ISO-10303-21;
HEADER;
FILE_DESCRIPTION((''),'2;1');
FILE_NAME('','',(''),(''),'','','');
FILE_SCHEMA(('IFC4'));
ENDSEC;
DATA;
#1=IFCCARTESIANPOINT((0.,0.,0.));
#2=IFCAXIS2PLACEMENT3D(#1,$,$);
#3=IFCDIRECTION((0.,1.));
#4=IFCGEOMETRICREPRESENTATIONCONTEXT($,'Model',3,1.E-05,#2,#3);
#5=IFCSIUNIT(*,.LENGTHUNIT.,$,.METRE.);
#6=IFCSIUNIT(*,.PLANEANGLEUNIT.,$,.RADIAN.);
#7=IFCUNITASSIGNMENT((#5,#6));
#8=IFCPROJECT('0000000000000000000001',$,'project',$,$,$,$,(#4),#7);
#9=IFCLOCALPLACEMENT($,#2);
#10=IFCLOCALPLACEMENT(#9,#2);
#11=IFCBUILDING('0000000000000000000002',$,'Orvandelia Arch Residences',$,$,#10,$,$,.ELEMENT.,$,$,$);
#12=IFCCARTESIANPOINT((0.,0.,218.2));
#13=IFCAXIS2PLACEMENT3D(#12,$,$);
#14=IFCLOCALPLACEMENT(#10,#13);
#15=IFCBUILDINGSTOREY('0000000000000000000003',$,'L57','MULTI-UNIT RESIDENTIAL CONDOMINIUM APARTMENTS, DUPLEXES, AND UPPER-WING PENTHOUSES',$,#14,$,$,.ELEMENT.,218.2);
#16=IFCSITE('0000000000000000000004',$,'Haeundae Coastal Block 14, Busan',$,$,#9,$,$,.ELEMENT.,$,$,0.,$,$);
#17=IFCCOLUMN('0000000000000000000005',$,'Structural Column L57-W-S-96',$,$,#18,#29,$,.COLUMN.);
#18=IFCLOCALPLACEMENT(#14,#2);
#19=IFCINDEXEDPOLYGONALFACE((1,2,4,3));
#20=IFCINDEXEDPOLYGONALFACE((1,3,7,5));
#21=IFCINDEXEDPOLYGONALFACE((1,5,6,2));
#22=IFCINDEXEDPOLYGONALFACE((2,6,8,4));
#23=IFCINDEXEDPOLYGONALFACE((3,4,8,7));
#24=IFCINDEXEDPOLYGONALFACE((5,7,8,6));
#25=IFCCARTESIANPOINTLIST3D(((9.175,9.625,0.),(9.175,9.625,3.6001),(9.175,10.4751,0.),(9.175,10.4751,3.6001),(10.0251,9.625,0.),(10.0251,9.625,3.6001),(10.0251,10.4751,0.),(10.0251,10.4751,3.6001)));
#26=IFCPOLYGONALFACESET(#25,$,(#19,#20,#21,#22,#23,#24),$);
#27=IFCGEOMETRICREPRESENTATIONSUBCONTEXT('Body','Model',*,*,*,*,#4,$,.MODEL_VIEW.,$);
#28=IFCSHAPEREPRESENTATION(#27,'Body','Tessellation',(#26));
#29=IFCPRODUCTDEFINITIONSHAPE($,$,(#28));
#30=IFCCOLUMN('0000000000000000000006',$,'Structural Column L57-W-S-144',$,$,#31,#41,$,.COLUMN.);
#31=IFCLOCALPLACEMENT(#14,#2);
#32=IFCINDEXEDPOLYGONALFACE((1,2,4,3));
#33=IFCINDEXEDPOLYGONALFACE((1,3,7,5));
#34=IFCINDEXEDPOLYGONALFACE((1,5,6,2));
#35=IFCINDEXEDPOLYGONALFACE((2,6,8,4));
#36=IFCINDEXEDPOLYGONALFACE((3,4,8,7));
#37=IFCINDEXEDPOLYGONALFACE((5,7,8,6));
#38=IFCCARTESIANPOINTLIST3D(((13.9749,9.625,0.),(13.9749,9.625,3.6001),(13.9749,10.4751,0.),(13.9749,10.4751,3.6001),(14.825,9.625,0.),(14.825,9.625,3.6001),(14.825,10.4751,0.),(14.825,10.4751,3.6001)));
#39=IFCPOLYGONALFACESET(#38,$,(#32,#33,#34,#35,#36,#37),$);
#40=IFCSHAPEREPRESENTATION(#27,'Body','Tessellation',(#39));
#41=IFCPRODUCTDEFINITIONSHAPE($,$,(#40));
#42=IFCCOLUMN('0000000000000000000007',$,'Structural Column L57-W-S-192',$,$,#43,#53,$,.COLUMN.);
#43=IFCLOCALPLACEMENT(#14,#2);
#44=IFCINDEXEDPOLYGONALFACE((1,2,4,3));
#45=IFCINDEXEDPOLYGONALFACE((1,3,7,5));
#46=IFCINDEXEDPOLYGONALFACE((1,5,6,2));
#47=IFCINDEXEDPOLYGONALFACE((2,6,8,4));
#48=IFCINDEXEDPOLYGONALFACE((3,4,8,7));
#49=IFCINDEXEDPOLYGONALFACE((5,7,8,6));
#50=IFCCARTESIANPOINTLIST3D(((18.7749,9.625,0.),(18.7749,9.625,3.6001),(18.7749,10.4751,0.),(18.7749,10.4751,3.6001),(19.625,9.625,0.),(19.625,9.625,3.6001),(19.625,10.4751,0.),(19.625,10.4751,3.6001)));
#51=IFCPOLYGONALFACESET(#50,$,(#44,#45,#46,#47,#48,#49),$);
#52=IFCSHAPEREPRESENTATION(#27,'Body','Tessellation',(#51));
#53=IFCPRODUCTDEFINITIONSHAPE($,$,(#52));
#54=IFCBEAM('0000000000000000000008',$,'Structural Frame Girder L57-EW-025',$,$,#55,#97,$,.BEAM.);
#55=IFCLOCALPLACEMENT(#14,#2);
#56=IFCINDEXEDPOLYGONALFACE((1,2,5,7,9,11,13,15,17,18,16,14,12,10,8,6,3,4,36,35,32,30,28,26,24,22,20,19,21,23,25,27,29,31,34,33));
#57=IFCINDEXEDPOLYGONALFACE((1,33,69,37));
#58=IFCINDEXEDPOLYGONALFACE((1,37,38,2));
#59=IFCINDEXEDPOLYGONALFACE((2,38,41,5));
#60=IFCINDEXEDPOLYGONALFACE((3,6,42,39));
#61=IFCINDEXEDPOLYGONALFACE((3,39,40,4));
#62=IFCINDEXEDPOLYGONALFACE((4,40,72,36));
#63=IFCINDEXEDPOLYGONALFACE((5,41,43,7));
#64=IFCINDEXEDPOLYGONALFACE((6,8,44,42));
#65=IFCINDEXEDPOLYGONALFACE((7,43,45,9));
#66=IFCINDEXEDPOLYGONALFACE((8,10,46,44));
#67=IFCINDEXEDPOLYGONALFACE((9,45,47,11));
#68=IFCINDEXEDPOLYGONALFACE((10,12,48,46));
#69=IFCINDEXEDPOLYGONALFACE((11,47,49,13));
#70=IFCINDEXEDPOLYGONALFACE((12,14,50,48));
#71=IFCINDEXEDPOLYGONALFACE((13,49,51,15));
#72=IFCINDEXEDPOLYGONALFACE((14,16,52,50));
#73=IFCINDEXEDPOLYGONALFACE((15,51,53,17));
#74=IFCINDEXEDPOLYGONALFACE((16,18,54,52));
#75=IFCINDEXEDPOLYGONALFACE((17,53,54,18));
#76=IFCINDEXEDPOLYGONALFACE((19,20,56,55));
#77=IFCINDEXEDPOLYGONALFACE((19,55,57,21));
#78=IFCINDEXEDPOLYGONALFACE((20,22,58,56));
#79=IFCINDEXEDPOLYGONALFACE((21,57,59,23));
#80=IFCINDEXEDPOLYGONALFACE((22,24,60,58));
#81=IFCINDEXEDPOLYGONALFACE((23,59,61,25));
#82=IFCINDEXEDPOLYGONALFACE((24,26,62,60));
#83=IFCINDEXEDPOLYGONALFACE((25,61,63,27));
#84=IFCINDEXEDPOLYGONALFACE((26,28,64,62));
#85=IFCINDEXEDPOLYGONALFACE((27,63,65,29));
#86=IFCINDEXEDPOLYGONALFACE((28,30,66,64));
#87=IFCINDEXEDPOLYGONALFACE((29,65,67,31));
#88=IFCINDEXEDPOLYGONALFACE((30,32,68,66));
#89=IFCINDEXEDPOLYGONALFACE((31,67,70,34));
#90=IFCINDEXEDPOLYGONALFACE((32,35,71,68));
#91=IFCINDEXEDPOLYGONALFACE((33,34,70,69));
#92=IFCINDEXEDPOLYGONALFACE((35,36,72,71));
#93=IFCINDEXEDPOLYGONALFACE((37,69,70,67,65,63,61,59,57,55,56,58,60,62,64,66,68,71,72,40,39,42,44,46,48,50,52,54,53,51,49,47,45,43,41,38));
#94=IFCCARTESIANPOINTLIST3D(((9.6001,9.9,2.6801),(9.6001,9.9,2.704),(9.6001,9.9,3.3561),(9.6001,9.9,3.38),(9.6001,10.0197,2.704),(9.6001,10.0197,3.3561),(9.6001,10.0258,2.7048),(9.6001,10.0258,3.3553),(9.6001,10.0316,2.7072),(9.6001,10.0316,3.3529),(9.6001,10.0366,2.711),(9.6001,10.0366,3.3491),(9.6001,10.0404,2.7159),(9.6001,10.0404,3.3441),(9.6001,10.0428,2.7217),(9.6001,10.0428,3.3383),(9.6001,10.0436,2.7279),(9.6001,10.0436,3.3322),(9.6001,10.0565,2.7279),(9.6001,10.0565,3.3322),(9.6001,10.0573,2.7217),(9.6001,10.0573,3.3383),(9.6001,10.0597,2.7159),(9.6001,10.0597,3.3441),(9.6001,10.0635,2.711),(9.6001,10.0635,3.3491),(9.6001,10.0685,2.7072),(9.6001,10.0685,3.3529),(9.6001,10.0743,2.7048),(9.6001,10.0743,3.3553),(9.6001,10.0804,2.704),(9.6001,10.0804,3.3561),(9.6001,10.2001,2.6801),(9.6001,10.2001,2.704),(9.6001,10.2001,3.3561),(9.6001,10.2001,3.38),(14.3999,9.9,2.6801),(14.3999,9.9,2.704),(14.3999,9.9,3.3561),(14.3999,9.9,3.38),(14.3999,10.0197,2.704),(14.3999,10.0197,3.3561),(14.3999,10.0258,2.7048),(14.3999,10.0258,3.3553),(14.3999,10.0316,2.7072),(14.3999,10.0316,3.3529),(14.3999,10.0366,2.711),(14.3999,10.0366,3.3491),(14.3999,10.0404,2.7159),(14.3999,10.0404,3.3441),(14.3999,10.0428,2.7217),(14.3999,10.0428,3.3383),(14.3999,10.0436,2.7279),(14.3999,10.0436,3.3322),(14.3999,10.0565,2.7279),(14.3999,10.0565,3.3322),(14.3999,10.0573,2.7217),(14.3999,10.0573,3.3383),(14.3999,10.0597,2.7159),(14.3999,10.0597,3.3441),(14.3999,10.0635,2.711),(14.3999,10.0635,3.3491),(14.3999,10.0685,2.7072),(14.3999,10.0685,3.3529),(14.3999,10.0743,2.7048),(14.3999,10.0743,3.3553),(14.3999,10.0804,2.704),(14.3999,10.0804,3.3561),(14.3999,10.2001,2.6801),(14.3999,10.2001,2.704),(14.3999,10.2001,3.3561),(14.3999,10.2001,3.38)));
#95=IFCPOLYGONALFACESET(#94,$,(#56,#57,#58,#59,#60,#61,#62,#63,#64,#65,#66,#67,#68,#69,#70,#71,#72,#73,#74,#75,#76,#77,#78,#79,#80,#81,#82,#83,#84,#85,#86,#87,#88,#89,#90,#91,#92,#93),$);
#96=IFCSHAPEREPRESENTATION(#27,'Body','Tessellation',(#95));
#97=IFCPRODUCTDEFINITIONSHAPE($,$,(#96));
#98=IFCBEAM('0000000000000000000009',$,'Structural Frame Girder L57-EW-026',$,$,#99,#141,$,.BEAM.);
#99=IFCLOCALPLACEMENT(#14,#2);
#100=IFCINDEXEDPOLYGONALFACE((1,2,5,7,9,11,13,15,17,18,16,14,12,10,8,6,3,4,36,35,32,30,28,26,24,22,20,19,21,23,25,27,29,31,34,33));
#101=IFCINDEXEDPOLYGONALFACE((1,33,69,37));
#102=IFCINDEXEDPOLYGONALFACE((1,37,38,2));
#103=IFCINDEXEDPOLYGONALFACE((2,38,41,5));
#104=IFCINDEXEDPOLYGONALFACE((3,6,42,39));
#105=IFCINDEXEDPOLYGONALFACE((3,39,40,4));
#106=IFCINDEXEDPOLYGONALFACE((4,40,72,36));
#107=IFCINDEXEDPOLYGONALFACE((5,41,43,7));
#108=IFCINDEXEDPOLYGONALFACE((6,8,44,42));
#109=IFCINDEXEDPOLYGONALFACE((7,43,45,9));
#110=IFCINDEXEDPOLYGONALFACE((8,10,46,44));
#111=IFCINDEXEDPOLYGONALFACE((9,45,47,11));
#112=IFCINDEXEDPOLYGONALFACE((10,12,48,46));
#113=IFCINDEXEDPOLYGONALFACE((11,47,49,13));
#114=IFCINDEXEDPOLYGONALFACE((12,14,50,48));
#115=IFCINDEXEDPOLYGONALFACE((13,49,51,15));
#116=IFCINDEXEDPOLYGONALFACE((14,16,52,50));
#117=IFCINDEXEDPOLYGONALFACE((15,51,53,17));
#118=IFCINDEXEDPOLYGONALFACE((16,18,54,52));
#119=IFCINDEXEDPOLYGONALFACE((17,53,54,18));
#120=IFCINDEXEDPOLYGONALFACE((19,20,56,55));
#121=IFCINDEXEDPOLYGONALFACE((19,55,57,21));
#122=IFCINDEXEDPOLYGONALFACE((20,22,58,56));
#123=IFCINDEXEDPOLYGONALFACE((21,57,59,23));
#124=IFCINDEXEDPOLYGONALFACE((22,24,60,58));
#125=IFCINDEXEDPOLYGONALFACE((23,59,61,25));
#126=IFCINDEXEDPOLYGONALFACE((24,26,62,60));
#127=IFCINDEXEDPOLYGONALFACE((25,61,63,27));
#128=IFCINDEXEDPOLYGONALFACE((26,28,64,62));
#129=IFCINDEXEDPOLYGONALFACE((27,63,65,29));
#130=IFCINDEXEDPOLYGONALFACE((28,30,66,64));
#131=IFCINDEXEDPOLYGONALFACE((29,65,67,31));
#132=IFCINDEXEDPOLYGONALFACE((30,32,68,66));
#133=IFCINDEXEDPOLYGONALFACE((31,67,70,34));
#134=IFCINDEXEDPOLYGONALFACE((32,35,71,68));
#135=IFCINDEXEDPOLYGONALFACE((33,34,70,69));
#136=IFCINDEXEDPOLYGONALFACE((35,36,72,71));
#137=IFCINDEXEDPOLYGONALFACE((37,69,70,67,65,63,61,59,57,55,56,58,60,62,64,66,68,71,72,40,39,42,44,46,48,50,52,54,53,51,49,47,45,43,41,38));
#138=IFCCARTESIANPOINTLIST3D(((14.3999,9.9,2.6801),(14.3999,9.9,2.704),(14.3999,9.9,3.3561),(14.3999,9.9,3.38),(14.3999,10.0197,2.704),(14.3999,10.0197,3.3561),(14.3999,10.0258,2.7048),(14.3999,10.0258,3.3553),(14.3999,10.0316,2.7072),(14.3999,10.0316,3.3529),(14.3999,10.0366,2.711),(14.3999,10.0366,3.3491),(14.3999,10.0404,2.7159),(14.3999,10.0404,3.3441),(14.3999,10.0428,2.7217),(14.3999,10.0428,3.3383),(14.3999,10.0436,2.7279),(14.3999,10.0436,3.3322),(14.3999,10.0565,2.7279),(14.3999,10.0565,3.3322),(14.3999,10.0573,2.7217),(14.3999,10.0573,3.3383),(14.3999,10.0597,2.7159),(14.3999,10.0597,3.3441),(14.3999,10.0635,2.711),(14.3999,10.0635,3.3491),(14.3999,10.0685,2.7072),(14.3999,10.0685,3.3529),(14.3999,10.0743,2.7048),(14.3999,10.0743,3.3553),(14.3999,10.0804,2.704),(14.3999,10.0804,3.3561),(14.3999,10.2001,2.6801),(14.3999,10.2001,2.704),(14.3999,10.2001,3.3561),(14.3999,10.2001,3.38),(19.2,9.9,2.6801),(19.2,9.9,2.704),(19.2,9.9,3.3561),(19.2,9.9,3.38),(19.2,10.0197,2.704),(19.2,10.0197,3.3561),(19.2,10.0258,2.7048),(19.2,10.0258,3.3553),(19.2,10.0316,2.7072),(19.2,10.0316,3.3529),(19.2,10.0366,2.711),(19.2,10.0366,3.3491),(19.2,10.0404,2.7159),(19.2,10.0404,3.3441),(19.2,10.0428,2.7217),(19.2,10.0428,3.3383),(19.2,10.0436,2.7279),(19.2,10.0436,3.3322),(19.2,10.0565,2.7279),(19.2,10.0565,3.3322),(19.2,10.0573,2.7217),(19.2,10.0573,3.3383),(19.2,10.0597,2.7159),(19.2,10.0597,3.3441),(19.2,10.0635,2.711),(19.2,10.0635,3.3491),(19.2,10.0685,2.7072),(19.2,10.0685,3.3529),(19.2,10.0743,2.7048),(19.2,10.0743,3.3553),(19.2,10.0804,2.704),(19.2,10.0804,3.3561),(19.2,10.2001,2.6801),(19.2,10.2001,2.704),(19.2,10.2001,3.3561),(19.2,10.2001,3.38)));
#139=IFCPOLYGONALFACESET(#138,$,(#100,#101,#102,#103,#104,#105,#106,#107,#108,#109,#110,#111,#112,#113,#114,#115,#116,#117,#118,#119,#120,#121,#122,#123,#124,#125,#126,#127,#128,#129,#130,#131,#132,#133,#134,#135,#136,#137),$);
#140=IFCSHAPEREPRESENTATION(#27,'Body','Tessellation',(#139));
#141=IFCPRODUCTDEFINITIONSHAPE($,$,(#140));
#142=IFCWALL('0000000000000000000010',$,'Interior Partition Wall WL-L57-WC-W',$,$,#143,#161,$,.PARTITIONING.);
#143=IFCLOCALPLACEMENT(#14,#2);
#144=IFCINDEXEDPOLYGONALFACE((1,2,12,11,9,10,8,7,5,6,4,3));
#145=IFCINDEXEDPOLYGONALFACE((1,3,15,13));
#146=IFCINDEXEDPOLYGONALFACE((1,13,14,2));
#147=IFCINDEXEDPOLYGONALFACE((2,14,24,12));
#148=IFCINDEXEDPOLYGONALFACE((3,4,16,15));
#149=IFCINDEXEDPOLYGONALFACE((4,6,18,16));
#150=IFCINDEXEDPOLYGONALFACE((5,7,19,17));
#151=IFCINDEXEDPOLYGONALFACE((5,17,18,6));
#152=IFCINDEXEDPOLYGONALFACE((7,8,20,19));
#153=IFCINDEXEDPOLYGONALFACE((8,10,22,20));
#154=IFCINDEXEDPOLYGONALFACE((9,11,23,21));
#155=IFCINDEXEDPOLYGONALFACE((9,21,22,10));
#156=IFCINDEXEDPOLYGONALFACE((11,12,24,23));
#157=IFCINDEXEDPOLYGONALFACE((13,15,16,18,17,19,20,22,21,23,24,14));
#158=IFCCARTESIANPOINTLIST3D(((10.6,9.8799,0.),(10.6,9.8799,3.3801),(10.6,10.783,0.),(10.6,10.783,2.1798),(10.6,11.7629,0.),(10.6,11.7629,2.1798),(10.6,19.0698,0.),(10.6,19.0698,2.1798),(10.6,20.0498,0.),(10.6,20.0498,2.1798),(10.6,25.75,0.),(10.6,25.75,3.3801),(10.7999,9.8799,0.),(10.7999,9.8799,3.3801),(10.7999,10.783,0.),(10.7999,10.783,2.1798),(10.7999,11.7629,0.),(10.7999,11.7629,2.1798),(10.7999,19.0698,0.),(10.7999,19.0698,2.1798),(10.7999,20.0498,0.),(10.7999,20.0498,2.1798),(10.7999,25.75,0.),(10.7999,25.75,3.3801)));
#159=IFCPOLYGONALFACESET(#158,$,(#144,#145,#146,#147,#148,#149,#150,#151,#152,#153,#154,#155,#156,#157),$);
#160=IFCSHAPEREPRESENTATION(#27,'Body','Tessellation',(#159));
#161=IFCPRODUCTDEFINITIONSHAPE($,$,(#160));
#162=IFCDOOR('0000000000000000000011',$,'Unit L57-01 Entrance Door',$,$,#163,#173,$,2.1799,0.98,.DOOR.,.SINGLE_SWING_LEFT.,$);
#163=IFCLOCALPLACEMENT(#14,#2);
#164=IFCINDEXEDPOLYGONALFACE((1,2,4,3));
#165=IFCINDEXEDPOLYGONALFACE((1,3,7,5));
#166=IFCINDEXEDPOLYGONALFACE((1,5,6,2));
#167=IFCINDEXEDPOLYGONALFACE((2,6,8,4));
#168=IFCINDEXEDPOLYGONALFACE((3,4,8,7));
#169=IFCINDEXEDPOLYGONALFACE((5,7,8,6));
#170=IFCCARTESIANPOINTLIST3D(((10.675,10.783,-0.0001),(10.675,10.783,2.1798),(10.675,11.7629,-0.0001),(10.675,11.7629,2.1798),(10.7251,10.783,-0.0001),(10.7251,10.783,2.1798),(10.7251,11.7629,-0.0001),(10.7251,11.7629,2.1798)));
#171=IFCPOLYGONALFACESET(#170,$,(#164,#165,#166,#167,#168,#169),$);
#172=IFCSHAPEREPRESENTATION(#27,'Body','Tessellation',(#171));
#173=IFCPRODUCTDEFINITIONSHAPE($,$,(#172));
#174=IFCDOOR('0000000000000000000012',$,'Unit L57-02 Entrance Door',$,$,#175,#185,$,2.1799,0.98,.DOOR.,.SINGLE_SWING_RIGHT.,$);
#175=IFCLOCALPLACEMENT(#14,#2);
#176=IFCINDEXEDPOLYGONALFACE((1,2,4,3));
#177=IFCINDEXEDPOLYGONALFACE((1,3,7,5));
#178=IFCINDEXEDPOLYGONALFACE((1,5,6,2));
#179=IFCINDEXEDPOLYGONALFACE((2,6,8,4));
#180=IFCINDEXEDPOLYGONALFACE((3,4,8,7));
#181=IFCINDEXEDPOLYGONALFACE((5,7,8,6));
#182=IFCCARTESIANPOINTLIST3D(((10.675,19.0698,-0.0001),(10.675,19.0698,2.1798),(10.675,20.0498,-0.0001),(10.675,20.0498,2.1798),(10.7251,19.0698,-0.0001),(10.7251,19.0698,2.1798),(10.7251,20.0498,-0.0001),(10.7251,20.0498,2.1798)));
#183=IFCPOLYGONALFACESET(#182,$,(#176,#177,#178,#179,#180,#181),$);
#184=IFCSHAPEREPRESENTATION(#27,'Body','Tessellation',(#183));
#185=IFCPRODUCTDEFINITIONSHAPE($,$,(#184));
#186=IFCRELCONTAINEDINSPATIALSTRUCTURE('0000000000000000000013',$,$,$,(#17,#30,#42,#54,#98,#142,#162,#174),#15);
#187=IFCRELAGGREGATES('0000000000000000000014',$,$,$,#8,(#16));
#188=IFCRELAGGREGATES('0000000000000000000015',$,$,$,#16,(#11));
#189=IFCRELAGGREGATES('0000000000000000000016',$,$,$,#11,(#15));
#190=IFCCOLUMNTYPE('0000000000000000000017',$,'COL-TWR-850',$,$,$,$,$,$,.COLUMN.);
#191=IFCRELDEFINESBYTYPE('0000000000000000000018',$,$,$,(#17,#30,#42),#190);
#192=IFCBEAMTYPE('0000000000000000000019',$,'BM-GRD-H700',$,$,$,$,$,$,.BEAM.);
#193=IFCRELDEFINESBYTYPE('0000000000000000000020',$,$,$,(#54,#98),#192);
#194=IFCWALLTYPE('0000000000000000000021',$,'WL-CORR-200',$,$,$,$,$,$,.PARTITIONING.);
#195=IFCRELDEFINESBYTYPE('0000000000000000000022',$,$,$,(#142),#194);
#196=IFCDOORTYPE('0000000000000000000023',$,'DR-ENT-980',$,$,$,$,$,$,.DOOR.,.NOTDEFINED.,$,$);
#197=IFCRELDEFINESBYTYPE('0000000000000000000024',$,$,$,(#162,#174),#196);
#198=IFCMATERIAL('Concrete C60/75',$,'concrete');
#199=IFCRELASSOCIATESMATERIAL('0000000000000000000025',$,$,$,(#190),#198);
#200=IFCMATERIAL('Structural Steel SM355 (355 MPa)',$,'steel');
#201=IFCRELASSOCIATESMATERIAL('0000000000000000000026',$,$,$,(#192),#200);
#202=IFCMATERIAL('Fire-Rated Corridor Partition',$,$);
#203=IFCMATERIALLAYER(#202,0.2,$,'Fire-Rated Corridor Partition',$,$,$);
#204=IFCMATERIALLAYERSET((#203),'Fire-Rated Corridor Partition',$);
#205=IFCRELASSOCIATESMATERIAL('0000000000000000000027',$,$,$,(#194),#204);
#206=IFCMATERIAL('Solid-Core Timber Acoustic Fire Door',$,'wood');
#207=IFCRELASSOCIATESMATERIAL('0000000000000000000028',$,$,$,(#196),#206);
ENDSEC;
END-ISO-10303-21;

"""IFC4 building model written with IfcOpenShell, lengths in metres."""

from ifc_helpers import new_model, si_unit, direction, frame, frame_2d, origin, origin_2d, place, context, subcontext, project, spatial, rectangle, i_section, extrude, material, layer, layer_set, material_profile, profile_set, type_object, element, fill, save


model = new_model("IFC4")

# Units and contexts
model_context = context("Model", 3, precision=1e-05, world=origin(), true_north=direction((0.0, 1.0)))
body_context = subcontext(model_context, "Body", "Model", "MODEL_VIEW")
ifc_project = project(units=[si_unit("LENGTHUNIT", "METRE"), si_unit("PLANEANGLEUNIT", "RADIAN")], contexts=[model_context])

# Site, building, storey
site_placement = place(None, origin())
site = spatial("IfcSite", under=ifc_project, at=site_placement, Name="Haeundae Coastal Block 14, Busan", CompositionType="ELEMENT", RefElevation=0.0)
building_placement = place(site_placement, origin())
building = spatial("IfcBuilding", under=site, at=building_placement, Name="Orvandelia Arch Residences", CompositionType="ELEMENT")
storey_placement = place(building_placement, frame((0.0, 0.0, 218.2)))
storey = spatial("IfcBuildingStorey", under=building, at=storey_placement, Name="L57", Description="MULTI-UNIT RESIDENTIAL CONDOMINIUM APARTMENTS, DUPLEXES, AND UPPER-WING PENTHOUSES", CompositionType="ELEMENT", Elevation=218.2)

# Columns
ifc_material_1 = material(Name="Concrete C60/75", Category="concrete")
ifc_material_profile_1 = material_profile(ifc_material_1, rectangle(XDim=0.8501, YDim=0.8501, at=origin_2d()), Name="Concrete C60/75", Category="concrete")
ifc_profile_set_1 = profile_set([ifc_material_profile_1], Name="Concrete C60/75")
column_type = type_object("IfcColumnType", Name="COL-TWR-850", PredefinedType="COLUMN", material=ifc_profile_set_1)
for number, where, z_axis, x_axis, name in (
    (1, (9.6001, 10.05, 0.0), (0.0, 0.0, 1.0), (1.0, 0.0, 0.0), "Structural Column L57-W-S-96"),
    (2, (14.3999, 10.05, 0.0), (0.0, 0.0, 1.0), (1.0, 0.0, 0.0), "Structural Column L57-W-S-144"),
    (3, (19.2, 10.05, 0.0), (0.0, 0.0, 1.0), (1.0, 0.0, 0.0), "Structural Column L57-W-S-192"),
):
    element("IfcColumn", number, at=place(storey_placement, frame(where, z_axis=z_axis, x_axis=x_axis)), inside=storey, type_object=column_type, Name=name, PredefinedType="COLUMN", context=body_context, shape_type="SweptSolid", body=[
        extrude(rectangle(XDim=0.8501, YDim=0.8501, at=origin_2d()), origin(), (0.0, 0.0, 1.0), 3.6001),
    ])

# Beams
ifc_material_2 = material(Name="Structural Steel SM355 (355 MPa)", Category="steel")
ifc_material_profile_2 = material_profile(ifc_material_2, i_section(OverallWidth=0.3, OverallDepth=0.7, WebThickness=0.0129, FlangeThickness=0.0239, FilletRadius=0.0239, at=origin_2d()), Name="Structural Steel SM355 (355 MPa)", Category="steel")
ifc_profile_set_2 = profile_set([ifc_material_profile_2], Name="Structural Steel SM355 (355 MPa)")
beam_type = type_object("IfcBeamType", Name="BM-GRD-H700", PredefinedType="BEAM", material=ifc_profile_set_2)
beam_1_placement = place(storey_placement, frame((9.6001, 10.05, 3.03), z_axis=(1.0, 0.0, 0.0), x_axis=(0.0, 1.0, 0.0)))
element("IfcBeam", 4, at=beam_1_placement, inside=storey, type_object=beam_type, Name="Structural Frame Girder L57-EW-025", PredefinedType="BEAM", context=body_context, shape_type="SweptSolid", body=[
    extrude(i_section(OverallWidth=0.3, OverallDepth=0.7, WebThickness=0.0129, FlangeThickness=0.0239, FilletRadius=0.0239, at=origin_2d()), origin(), (0.0, 0.0, 1.0), 4.7998),
])
beam_2_placement = place(storey_placement, frame((14.3999, 10.05, 3.03), z_axis=(1.0, 0.0, 0.0), x_axis=(0.0, 1.0, 0.0)))
element("IfcBeam", 5, at=beam_2_placement, inside=storey, type_object=beam_type, Name="Structural Frame Girder L57-EW-026", PredefinedType="BEAM", context=body_context, shape_type="SweptSolid", body=[
    extrude(i_section(OverallWidth=0.3, OverallDepth=0.7, WebThickness=0.0129, FlangeThickness=0.0239, FilletRadius=0.0239, at=origin_2d()), origin(), (0.0, 0.0, 1.0), 4.8),
])

# Wall, openings, doors
ifc_material_3 = material(Name="Fire-Rated Corridor Partition")
ifc_layer_1 = layer(ifc_material_3, 0.2, Name="Fire-Rated Corridor Partition")
ifc_layer_set_1 = layer_set([ifc_layer_1], Name="Fire-Rated Corridor Partition")
wall_type_1 = type_object("IfcWallType", Name="WL-CORR-200", PredefinedType="PARTITIONING", material=ifc_layer_set_1)
wall_1_placement = place(storey_placement, frame((10.7, 9.8799, 0.0), z_axis=(0.0, 0.0, 1.0), x_axis=(0.0, 1.0, 0.0)))
wall_1 = element("IfcWall", 6, at=wall_1_placement, inside=storey, type_object=wall_type_1, Name="Interior Partition Wall WL-L57-WC-W", PredefinedType="PARTITIONING", context=body_context, shape_type="SweptSolid", body=[
    extrude(rectangle(XDim=15.8701, YDim=0.2, at=frame_2d((7.9351, 0.0))), origin(), (0.0, 0.0, 1.0), 3.3801),
])
opening_1_placement = place(wall_1_placement, frame((0.9031, 0.0, 0.0)))
opening_1 = element("IfcOpeningElement", 7, at=opening_1_placement, cuts=wall_1, PredefinedType="OPENING", context=body_context, shape_type="SweptSolid", body=[
    extrude(rectangle(XDim=0.98, YDim=2.1799, at=frame_2d((0.49, 1.0898))), frame((0.0, 0.1099, 0.0), z_axis=(0.0, -1.0, 0.0), x_axis=(1.0, 0.0, 0.0)), (0.0, 0.0, 1.0), 0.22),
])
opening_2_placement = place(wall_1_placement, frame((9.1899, 0.0, 0.0)))
opening_2 = element("IfcOpeningElement", 8, at=opening_2_placement, cuts=wall_1, PredefinedType="OPENING", context=body_context, shape_type="SweptSolid", body=[
    extrude(rectangle(XDim=0.98, YDim=2.1799, at=frame_2d((0.49, 1.0898))), frame((0.0, 0.1099, 0.0), z_axis=(0.0, -1.0, 0.0), x_axis=(1.0, 0.0, 0.0)), (0.0, 0.0, 1.0), 0.22),
])
ifc_material_4 = material(Name="Solid-Core Timber Acoustic Fire Door", Category="wood")
door_type_1 = type_object("IfcDoorType", Name="DR-ENT-980", OperationType="NOTDEFINED", PredefinedType="DOOR", material=ifc_material_4)
door_1_placement = place(opening_1_placement, origin())
door_1 = element("IfcDoor", 9, at=door_1_placement, inside=storey, type_object=door_type_1, Name="Unit L57-01 Entrance Door", OperationType="SINGLE_SWING_LEFT", OverallHeight=2.1799, OverallWidth=0.98, PredefinedType="DOOR", context=body_context, shape_type="SweptSolid", body=[
    extrude(rectangle(XDim=0.98, YDim=2.1799, at=frame_2d((0.49, 1.0898))), frame((0.0, 0.0249, 0.0), z_axis=(0.0, -1.0, 0.0), x_axis=(1.0, 0.0, 0.0)), (0.0, 0.0, 1.0), 0.05),
])
fill(opening_1, door_1)
door_2_placement = place(opening_2_placement, origin())
door_2 = element("IfcDoor", 10, at=door_2_placement, inside=storey, type_object=door_type_1, Name="Unit L57-02 Entrance Door", OperationType="SINGLE_SWING_RIGHT", OverallHeight=2.1799, OverallWidth=0.98, PredefinedType="DOOR", context=body_context, shape_type="SweptSolid", body=[
    extrude(rectangle(XDim=0.98, YDim=2.1799, at=frame_2d((0.49, 1.0898))), frame((0.0, 0.0249, 0.0), z_axis=(0.0, -1.0, 0.0), x_axis=(1.0, 0.0, 0.0)), (0.0, 0.0, 1.0), 0.05),
])
fill(opening_2, door_2)

save(model, "model.ifc")
